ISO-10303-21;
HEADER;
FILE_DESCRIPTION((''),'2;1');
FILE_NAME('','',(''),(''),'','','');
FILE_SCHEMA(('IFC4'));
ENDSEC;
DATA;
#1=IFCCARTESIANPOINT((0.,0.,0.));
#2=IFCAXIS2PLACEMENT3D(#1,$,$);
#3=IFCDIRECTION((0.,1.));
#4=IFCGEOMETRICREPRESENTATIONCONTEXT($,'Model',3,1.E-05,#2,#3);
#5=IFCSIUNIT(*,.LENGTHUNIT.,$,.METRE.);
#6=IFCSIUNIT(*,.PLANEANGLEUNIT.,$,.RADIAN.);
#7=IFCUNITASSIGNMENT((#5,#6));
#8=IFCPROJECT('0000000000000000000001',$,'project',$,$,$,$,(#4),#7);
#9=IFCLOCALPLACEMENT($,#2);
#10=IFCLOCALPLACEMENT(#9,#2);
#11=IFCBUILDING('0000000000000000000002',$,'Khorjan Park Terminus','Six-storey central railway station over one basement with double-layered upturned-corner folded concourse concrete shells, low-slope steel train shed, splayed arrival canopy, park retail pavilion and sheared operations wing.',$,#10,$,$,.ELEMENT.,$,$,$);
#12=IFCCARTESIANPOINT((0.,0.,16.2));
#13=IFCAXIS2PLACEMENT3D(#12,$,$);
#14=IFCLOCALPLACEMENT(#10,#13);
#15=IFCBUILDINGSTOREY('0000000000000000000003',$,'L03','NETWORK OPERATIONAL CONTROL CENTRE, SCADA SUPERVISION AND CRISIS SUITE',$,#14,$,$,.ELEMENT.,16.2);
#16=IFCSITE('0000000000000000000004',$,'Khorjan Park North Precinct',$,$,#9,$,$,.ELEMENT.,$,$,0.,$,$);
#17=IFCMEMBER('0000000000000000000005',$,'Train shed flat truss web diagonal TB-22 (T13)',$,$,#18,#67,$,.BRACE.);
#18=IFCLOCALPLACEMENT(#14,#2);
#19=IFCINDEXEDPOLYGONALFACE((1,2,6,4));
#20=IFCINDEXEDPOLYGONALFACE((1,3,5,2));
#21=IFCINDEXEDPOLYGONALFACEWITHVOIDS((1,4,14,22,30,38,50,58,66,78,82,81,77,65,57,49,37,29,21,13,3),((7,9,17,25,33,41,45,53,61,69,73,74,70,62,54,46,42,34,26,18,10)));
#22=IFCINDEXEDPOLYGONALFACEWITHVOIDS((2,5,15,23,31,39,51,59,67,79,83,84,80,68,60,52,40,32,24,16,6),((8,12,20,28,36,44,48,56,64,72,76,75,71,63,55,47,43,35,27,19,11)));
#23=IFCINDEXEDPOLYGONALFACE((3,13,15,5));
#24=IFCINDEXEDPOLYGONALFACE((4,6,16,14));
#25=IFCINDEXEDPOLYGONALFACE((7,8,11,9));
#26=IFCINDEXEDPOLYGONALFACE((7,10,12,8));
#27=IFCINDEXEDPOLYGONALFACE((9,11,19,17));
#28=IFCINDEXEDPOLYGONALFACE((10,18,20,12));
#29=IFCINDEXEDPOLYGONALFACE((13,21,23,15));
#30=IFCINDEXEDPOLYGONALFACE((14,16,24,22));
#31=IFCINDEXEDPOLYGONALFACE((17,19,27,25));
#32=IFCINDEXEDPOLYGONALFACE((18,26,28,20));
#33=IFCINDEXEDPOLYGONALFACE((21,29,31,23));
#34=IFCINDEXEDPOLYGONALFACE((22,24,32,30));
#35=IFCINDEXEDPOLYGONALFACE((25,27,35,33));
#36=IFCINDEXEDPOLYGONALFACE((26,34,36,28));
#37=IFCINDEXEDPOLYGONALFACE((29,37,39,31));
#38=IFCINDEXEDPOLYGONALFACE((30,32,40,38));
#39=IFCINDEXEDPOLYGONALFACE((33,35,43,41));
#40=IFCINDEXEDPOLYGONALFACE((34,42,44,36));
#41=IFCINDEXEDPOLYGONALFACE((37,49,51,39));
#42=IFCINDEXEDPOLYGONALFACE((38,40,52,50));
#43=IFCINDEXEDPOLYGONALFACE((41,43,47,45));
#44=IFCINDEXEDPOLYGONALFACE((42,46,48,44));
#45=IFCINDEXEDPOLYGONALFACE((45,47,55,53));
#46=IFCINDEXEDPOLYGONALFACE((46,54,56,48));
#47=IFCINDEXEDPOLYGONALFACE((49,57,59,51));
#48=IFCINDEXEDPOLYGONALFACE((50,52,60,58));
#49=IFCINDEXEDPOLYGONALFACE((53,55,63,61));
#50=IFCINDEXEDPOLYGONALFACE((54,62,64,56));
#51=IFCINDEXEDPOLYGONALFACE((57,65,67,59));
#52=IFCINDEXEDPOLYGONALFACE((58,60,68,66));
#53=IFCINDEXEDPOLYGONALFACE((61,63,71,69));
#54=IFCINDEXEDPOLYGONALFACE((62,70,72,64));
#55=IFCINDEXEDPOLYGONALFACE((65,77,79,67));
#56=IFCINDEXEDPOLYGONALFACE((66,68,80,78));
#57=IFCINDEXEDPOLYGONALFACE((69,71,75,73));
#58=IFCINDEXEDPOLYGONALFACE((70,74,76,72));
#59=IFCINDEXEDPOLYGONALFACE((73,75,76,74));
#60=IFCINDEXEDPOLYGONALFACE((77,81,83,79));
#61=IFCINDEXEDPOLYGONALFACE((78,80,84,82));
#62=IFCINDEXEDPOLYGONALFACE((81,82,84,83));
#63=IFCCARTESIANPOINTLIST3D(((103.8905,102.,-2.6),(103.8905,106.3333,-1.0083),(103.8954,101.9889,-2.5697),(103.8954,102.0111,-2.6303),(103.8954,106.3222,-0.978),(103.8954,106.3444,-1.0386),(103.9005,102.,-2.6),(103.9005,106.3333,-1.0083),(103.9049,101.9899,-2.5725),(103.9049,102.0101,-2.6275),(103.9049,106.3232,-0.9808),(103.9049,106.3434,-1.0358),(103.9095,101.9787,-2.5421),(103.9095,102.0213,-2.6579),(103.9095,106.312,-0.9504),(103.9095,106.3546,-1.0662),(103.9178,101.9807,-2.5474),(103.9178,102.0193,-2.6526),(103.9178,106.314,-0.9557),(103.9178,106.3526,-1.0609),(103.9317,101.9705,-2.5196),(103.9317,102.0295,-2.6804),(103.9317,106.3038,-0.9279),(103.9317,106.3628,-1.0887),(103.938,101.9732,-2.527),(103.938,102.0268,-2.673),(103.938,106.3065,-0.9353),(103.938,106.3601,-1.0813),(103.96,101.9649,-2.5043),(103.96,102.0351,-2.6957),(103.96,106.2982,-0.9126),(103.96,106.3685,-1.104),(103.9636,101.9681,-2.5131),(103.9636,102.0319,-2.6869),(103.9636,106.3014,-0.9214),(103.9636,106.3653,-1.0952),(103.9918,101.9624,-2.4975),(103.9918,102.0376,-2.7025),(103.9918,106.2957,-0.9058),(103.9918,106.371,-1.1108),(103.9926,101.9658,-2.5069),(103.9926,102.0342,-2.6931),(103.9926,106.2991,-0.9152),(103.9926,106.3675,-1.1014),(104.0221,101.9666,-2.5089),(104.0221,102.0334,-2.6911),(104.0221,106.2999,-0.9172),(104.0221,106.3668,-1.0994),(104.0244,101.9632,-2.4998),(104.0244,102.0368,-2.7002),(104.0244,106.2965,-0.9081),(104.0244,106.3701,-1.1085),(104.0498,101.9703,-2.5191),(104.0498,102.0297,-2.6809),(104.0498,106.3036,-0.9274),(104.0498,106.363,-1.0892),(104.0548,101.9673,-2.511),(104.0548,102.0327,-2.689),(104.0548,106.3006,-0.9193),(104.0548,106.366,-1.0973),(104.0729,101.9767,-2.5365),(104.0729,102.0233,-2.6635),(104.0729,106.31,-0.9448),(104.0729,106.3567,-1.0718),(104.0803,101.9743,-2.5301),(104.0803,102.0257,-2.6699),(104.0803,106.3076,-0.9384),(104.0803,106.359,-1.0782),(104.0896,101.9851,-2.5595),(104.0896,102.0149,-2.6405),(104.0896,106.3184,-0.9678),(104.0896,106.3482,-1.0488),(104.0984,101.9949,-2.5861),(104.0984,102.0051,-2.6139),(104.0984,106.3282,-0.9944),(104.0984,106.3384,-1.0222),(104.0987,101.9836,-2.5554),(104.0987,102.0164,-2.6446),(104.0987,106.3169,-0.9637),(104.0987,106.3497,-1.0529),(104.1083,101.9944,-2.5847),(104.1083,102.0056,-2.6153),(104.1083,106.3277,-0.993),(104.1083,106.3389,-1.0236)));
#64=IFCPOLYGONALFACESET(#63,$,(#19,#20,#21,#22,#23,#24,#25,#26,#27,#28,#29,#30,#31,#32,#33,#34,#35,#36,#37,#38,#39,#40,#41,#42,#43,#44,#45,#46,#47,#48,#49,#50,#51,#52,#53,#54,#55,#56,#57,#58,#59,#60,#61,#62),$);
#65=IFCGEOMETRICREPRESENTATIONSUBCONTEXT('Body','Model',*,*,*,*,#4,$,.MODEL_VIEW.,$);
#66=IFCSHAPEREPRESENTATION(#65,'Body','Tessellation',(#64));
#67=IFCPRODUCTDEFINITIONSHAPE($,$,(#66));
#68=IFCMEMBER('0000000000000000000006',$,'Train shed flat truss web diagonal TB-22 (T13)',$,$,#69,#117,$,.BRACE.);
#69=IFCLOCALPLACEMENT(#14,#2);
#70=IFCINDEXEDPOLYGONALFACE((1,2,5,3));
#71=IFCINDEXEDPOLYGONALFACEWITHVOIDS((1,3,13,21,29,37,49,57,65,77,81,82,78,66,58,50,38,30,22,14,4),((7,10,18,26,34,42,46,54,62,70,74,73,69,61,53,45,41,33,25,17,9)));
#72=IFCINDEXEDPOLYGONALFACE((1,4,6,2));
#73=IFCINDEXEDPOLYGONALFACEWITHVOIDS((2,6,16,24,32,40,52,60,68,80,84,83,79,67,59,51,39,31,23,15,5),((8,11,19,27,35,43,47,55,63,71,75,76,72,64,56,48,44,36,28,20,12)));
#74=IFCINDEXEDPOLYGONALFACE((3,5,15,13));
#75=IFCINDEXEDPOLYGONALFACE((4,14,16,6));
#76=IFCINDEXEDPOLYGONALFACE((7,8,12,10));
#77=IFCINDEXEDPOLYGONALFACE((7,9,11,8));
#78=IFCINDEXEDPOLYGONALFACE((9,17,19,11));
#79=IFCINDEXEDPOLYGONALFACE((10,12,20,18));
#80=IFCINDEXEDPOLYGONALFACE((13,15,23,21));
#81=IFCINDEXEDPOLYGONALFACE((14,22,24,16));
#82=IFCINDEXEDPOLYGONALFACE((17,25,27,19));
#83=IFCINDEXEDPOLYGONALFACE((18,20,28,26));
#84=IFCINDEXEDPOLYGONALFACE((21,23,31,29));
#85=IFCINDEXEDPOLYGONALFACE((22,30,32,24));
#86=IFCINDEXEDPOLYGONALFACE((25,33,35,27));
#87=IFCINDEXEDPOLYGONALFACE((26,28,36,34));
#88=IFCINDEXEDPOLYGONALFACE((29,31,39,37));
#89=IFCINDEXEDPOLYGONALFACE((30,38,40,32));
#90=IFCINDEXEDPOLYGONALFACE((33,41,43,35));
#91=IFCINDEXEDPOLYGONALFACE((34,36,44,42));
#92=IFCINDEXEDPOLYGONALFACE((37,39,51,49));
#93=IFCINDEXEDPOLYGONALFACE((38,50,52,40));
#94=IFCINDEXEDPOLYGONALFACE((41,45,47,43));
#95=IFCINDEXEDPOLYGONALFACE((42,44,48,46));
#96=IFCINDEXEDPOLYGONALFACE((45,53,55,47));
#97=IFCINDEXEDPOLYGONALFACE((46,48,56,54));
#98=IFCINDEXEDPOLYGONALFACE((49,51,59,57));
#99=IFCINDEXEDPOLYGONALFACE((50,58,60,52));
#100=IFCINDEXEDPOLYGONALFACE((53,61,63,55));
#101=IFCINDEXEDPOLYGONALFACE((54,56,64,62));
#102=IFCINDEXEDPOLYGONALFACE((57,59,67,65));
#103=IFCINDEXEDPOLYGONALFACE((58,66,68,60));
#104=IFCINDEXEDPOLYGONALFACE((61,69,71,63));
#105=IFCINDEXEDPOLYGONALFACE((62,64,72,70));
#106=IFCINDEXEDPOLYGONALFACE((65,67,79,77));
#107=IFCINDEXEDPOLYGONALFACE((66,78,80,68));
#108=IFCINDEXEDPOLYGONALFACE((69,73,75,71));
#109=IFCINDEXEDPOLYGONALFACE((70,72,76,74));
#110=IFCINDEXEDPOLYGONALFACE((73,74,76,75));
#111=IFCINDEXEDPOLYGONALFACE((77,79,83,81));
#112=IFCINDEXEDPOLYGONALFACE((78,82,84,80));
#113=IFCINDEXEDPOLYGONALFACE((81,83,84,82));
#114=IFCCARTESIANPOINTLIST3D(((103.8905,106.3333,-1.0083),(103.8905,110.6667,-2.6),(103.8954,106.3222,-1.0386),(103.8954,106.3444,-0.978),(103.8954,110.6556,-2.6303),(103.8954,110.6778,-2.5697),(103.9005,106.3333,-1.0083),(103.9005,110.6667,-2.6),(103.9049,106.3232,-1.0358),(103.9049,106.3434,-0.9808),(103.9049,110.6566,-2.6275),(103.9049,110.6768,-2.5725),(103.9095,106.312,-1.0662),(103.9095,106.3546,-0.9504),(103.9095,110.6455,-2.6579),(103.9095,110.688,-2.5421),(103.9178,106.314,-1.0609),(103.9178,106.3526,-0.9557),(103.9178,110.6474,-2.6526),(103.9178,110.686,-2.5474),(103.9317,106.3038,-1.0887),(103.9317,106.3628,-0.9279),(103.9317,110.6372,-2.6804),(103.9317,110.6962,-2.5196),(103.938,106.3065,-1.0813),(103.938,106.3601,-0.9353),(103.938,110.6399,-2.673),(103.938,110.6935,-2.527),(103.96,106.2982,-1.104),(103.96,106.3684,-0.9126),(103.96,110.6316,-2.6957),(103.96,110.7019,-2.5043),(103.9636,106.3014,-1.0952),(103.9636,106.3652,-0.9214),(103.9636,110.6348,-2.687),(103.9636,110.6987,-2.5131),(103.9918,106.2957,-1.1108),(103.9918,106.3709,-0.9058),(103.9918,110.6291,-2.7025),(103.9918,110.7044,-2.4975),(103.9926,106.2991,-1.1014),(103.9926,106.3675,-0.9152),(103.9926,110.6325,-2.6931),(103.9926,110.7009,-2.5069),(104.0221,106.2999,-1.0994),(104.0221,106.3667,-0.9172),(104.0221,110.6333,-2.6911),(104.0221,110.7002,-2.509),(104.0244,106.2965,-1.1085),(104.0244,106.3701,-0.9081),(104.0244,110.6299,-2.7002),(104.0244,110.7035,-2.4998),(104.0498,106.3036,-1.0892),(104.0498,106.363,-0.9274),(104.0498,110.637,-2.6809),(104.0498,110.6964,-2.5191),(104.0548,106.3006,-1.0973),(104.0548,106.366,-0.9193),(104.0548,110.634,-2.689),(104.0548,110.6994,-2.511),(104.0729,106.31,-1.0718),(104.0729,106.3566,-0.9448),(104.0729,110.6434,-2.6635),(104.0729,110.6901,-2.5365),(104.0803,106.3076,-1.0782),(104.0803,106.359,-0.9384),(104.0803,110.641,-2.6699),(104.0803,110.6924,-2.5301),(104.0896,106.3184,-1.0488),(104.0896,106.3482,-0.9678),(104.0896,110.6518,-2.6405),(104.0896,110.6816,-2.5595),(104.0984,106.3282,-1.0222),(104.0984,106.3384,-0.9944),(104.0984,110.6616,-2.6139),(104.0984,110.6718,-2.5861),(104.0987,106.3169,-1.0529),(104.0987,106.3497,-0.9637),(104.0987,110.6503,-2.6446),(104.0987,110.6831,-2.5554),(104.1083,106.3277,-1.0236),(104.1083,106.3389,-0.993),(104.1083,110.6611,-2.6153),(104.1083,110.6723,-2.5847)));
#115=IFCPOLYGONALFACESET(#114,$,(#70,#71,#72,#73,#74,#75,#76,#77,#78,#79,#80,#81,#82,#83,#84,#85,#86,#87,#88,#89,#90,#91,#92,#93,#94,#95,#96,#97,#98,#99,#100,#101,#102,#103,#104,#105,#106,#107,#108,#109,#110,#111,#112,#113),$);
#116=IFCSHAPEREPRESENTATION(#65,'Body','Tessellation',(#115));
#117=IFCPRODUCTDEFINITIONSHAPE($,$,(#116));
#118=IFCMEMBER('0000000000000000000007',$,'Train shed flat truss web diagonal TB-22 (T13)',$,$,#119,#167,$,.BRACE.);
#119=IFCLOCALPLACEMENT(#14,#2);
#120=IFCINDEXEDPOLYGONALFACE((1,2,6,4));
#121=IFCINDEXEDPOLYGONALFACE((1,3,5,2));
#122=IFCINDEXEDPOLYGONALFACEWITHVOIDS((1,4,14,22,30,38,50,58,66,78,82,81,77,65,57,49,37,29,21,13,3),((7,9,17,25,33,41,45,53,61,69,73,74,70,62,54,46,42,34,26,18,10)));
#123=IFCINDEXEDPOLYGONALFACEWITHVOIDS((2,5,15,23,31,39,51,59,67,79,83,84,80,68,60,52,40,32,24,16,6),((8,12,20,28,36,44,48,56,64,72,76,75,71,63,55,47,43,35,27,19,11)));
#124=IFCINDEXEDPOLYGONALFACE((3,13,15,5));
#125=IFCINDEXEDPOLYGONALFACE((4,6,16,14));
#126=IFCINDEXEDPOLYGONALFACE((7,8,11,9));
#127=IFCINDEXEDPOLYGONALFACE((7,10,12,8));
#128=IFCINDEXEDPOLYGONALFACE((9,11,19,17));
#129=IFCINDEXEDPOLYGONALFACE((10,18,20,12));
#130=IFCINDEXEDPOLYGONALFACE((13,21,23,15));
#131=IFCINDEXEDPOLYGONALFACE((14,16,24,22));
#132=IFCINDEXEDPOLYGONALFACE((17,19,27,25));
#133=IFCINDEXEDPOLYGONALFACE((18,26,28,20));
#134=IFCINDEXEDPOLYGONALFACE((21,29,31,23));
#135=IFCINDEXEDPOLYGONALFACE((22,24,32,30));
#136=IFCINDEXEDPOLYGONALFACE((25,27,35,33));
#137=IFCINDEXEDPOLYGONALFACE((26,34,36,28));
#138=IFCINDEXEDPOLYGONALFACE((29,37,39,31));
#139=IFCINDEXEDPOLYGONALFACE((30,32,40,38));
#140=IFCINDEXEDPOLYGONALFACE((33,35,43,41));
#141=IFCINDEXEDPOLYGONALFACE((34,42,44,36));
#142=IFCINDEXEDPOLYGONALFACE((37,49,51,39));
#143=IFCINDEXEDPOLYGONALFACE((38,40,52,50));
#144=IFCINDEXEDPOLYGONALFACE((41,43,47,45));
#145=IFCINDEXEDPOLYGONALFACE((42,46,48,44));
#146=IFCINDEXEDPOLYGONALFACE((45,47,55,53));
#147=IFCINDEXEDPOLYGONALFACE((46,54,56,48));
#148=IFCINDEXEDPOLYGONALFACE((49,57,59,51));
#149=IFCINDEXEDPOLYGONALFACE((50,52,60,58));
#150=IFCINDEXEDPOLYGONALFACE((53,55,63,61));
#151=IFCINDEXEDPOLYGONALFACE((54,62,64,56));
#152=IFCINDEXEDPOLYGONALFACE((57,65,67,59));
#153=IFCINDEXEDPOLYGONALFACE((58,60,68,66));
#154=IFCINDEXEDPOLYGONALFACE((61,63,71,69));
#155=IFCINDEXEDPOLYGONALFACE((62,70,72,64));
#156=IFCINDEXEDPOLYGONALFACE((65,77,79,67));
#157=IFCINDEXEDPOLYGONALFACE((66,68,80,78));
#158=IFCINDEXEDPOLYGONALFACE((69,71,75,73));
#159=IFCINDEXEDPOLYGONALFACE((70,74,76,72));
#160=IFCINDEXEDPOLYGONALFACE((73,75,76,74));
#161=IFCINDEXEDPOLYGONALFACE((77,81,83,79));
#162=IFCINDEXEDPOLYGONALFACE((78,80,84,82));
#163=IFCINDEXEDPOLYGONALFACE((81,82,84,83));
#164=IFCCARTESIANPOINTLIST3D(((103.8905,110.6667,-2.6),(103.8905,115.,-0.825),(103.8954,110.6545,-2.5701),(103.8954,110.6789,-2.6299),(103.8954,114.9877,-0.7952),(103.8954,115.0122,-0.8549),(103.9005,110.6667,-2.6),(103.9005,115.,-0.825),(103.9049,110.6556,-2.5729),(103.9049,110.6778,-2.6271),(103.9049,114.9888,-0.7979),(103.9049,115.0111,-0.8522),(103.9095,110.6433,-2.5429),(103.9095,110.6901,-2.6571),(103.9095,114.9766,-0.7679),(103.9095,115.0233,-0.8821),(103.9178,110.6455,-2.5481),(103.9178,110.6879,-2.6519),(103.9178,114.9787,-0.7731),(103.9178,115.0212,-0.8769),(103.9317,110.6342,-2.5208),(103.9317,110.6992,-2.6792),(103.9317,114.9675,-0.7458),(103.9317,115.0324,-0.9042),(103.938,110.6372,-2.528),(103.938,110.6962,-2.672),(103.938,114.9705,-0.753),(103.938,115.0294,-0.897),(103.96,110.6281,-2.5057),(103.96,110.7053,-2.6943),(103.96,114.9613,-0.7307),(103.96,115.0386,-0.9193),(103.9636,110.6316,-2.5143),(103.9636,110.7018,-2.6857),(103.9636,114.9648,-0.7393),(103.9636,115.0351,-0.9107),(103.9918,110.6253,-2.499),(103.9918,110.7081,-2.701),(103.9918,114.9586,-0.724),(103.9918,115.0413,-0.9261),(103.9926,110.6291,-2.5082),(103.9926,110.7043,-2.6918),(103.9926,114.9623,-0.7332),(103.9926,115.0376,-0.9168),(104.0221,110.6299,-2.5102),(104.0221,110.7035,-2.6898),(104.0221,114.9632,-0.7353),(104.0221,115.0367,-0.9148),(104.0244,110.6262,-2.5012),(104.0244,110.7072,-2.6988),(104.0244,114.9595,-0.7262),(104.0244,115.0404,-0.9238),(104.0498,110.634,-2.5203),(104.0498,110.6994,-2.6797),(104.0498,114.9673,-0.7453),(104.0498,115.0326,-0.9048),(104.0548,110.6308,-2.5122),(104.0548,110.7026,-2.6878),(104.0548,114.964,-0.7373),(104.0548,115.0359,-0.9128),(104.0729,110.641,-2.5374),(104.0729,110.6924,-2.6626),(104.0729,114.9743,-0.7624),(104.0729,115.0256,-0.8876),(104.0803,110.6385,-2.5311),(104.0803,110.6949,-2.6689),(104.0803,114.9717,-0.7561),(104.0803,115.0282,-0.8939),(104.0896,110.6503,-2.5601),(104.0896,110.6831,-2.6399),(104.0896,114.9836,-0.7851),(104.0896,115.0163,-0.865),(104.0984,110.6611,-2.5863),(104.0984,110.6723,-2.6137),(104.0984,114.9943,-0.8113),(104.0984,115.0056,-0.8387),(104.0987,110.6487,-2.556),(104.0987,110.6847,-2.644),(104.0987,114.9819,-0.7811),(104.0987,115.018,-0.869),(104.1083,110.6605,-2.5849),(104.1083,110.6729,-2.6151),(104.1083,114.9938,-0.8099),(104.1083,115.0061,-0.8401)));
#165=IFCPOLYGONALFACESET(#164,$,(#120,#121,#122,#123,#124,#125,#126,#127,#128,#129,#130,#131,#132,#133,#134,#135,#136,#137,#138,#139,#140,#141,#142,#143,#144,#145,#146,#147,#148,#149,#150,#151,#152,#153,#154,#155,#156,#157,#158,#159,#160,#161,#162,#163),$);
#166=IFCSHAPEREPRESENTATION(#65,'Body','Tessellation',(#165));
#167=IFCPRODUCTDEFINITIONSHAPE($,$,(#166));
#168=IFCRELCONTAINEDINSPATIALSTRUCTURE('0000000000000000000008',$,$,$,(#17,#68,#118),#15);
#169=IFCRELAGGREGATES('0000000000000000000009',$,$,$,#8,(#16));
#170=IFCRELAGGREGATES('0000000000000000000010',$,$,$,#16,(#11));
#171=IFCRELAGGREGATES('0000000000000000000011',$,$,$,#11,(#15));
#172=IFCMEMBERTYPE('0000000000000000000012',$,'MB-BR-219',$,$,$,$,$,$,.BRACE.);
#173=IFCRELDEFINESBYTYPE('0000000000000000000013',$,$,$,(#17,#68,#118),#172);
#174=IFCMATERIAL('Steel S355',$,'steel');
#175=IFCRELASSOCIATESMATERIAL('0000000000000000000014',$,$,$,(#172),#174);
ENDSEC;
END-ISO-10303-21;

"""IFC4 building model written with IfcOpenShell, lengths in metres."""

from ifc_helpers import new_model, si_unit, direction, frame, origin, origin_2d, place, context, subcontext, project, spatial, hollow_circle, extrude, material, material_profile, profile_set, type_object, element, save


model = new_model("IFC4")

# Units and contexts
model_context = context("Model", 3, precision=1e-05, world=origin(), true_north=direction((0.0, 1.0)))
body_context = subcontext(model_context, "Body", "Model", "MODEL_VIEW")
ifc_project = project(units=[si_unit("LENGTHUNIT", "METRE"), si_unit("PLANEANGLEUNIT", "RADIAN")], contexts=[model_context])

# Site, building, storey
site_placement = place(None, origin())
site = spatial("IfcSite", under=ifc_project, at=site_placement, Name="Khorjan Park North Precinct", CompositionType="ELEMENT", RefElevation=0.0)
building_placement = place(site_placement, origin())
building = spatial("IfcBuilding", under=site, at=building_placement, Name="Khorjan Park Terminus", Description="Six-storey central railway station over one basement with double-layered upturned-corner folded concourse concrete shells, low-slope steel train shed, splayed arrival canopy, park retail pavilion and sheared operations wing.", CompositionType="ELEMENT")
storey_placement = place(building_placement, frame((0.0, 0.0, 16.2)))
storey = spatial("IfcBuildingStorey", under=building, at=storey_placement, Name="L03", Description="NETWORK OPERATIONAL CONTROL CENTRE, SCADA SUPERVISION AND CRISIS SUITE", CompositionType="ELEMENT", Elevation=16.2)

# Members
ifc_material = material(Name="Steel S355", Category="steel")
ifc_material_profile_1 = material_profile(ifc_material, hollow_circle(Radius=0.1095, WallThickness=0.01, at=origin_2d()), Name="CHS 219.1x10")
ifc_profile_set_1 = profile_set([ifc_material_profile_1], Name="Steel S355")
member_type_1 = type_object("IfcMemberType", Name="MB-BR-219", PredefinedType="BRACE", material=ifc_profile_set_1)
member_1_placement = place(storey_placement, frame((104.0, 102.0, -2.6), z_axis=(0.0, 0.938678, 0.344794), x_axis=(-1.0, 0.0, 0.0)))
element("IfcMember", 1, at=member_1_placement, inside=storey, type_object=member_type_1, Name="Train shed flat truss web diagonal TB-22 (T13)", PredefinedType="BRACE", context=body_context, shape_type="SweptSolid", body=[
    extrude(hollow_circle(Radius=0.1095, WallThickness=0.01, at=origin_2d()), origin(), (0.0, 0.0, 1.0), 4.6164),
])
member_2_placement = place(storey_placement, frame((104.0, 106.3333, -1.0083), z_axis=(0.0, 0.938681, -0.344787), x_axis=(-1.0, 0.0, 0.0)))
element("IfcMember", 2, at=member_2_placement, inside=storey, type_object=member_type_1, Name="Train shed flat truss web diagonal TB-22 (T13)", PredefinedType="BRACE", context=body_context, shape_type="SweptSolid", body=[
    extrude(hollow_circle(Radius=0.1095, WallThickness=0.01, at=origin_2d()), origin(), (0.0, 0.0, 1.0), 4.6165),
])
member_3_placement = place(storey_placement, frame((104.0, 110.6667, -2.6), z_axis=(0.0, 0.925376, 0.379051), x_axis=(-1.0, 0.0, 0.0)))
element("IfcMember", 3, at=member_3_placement, inside=storey, type_object=member_type_1, Name="Train shed flat truss web diagonal TB-22 (T13)", PredefinedType="BRACE", context=body_context, shape_type="SweptSolid", body=[
    extrude(hollow_circle(Radius=0.1095, WallThickness=0.01, at=origin_2d()), origin(), (0.0, 0.0, 1.0), 4.6827),
])

save(model, "model.ifc")
